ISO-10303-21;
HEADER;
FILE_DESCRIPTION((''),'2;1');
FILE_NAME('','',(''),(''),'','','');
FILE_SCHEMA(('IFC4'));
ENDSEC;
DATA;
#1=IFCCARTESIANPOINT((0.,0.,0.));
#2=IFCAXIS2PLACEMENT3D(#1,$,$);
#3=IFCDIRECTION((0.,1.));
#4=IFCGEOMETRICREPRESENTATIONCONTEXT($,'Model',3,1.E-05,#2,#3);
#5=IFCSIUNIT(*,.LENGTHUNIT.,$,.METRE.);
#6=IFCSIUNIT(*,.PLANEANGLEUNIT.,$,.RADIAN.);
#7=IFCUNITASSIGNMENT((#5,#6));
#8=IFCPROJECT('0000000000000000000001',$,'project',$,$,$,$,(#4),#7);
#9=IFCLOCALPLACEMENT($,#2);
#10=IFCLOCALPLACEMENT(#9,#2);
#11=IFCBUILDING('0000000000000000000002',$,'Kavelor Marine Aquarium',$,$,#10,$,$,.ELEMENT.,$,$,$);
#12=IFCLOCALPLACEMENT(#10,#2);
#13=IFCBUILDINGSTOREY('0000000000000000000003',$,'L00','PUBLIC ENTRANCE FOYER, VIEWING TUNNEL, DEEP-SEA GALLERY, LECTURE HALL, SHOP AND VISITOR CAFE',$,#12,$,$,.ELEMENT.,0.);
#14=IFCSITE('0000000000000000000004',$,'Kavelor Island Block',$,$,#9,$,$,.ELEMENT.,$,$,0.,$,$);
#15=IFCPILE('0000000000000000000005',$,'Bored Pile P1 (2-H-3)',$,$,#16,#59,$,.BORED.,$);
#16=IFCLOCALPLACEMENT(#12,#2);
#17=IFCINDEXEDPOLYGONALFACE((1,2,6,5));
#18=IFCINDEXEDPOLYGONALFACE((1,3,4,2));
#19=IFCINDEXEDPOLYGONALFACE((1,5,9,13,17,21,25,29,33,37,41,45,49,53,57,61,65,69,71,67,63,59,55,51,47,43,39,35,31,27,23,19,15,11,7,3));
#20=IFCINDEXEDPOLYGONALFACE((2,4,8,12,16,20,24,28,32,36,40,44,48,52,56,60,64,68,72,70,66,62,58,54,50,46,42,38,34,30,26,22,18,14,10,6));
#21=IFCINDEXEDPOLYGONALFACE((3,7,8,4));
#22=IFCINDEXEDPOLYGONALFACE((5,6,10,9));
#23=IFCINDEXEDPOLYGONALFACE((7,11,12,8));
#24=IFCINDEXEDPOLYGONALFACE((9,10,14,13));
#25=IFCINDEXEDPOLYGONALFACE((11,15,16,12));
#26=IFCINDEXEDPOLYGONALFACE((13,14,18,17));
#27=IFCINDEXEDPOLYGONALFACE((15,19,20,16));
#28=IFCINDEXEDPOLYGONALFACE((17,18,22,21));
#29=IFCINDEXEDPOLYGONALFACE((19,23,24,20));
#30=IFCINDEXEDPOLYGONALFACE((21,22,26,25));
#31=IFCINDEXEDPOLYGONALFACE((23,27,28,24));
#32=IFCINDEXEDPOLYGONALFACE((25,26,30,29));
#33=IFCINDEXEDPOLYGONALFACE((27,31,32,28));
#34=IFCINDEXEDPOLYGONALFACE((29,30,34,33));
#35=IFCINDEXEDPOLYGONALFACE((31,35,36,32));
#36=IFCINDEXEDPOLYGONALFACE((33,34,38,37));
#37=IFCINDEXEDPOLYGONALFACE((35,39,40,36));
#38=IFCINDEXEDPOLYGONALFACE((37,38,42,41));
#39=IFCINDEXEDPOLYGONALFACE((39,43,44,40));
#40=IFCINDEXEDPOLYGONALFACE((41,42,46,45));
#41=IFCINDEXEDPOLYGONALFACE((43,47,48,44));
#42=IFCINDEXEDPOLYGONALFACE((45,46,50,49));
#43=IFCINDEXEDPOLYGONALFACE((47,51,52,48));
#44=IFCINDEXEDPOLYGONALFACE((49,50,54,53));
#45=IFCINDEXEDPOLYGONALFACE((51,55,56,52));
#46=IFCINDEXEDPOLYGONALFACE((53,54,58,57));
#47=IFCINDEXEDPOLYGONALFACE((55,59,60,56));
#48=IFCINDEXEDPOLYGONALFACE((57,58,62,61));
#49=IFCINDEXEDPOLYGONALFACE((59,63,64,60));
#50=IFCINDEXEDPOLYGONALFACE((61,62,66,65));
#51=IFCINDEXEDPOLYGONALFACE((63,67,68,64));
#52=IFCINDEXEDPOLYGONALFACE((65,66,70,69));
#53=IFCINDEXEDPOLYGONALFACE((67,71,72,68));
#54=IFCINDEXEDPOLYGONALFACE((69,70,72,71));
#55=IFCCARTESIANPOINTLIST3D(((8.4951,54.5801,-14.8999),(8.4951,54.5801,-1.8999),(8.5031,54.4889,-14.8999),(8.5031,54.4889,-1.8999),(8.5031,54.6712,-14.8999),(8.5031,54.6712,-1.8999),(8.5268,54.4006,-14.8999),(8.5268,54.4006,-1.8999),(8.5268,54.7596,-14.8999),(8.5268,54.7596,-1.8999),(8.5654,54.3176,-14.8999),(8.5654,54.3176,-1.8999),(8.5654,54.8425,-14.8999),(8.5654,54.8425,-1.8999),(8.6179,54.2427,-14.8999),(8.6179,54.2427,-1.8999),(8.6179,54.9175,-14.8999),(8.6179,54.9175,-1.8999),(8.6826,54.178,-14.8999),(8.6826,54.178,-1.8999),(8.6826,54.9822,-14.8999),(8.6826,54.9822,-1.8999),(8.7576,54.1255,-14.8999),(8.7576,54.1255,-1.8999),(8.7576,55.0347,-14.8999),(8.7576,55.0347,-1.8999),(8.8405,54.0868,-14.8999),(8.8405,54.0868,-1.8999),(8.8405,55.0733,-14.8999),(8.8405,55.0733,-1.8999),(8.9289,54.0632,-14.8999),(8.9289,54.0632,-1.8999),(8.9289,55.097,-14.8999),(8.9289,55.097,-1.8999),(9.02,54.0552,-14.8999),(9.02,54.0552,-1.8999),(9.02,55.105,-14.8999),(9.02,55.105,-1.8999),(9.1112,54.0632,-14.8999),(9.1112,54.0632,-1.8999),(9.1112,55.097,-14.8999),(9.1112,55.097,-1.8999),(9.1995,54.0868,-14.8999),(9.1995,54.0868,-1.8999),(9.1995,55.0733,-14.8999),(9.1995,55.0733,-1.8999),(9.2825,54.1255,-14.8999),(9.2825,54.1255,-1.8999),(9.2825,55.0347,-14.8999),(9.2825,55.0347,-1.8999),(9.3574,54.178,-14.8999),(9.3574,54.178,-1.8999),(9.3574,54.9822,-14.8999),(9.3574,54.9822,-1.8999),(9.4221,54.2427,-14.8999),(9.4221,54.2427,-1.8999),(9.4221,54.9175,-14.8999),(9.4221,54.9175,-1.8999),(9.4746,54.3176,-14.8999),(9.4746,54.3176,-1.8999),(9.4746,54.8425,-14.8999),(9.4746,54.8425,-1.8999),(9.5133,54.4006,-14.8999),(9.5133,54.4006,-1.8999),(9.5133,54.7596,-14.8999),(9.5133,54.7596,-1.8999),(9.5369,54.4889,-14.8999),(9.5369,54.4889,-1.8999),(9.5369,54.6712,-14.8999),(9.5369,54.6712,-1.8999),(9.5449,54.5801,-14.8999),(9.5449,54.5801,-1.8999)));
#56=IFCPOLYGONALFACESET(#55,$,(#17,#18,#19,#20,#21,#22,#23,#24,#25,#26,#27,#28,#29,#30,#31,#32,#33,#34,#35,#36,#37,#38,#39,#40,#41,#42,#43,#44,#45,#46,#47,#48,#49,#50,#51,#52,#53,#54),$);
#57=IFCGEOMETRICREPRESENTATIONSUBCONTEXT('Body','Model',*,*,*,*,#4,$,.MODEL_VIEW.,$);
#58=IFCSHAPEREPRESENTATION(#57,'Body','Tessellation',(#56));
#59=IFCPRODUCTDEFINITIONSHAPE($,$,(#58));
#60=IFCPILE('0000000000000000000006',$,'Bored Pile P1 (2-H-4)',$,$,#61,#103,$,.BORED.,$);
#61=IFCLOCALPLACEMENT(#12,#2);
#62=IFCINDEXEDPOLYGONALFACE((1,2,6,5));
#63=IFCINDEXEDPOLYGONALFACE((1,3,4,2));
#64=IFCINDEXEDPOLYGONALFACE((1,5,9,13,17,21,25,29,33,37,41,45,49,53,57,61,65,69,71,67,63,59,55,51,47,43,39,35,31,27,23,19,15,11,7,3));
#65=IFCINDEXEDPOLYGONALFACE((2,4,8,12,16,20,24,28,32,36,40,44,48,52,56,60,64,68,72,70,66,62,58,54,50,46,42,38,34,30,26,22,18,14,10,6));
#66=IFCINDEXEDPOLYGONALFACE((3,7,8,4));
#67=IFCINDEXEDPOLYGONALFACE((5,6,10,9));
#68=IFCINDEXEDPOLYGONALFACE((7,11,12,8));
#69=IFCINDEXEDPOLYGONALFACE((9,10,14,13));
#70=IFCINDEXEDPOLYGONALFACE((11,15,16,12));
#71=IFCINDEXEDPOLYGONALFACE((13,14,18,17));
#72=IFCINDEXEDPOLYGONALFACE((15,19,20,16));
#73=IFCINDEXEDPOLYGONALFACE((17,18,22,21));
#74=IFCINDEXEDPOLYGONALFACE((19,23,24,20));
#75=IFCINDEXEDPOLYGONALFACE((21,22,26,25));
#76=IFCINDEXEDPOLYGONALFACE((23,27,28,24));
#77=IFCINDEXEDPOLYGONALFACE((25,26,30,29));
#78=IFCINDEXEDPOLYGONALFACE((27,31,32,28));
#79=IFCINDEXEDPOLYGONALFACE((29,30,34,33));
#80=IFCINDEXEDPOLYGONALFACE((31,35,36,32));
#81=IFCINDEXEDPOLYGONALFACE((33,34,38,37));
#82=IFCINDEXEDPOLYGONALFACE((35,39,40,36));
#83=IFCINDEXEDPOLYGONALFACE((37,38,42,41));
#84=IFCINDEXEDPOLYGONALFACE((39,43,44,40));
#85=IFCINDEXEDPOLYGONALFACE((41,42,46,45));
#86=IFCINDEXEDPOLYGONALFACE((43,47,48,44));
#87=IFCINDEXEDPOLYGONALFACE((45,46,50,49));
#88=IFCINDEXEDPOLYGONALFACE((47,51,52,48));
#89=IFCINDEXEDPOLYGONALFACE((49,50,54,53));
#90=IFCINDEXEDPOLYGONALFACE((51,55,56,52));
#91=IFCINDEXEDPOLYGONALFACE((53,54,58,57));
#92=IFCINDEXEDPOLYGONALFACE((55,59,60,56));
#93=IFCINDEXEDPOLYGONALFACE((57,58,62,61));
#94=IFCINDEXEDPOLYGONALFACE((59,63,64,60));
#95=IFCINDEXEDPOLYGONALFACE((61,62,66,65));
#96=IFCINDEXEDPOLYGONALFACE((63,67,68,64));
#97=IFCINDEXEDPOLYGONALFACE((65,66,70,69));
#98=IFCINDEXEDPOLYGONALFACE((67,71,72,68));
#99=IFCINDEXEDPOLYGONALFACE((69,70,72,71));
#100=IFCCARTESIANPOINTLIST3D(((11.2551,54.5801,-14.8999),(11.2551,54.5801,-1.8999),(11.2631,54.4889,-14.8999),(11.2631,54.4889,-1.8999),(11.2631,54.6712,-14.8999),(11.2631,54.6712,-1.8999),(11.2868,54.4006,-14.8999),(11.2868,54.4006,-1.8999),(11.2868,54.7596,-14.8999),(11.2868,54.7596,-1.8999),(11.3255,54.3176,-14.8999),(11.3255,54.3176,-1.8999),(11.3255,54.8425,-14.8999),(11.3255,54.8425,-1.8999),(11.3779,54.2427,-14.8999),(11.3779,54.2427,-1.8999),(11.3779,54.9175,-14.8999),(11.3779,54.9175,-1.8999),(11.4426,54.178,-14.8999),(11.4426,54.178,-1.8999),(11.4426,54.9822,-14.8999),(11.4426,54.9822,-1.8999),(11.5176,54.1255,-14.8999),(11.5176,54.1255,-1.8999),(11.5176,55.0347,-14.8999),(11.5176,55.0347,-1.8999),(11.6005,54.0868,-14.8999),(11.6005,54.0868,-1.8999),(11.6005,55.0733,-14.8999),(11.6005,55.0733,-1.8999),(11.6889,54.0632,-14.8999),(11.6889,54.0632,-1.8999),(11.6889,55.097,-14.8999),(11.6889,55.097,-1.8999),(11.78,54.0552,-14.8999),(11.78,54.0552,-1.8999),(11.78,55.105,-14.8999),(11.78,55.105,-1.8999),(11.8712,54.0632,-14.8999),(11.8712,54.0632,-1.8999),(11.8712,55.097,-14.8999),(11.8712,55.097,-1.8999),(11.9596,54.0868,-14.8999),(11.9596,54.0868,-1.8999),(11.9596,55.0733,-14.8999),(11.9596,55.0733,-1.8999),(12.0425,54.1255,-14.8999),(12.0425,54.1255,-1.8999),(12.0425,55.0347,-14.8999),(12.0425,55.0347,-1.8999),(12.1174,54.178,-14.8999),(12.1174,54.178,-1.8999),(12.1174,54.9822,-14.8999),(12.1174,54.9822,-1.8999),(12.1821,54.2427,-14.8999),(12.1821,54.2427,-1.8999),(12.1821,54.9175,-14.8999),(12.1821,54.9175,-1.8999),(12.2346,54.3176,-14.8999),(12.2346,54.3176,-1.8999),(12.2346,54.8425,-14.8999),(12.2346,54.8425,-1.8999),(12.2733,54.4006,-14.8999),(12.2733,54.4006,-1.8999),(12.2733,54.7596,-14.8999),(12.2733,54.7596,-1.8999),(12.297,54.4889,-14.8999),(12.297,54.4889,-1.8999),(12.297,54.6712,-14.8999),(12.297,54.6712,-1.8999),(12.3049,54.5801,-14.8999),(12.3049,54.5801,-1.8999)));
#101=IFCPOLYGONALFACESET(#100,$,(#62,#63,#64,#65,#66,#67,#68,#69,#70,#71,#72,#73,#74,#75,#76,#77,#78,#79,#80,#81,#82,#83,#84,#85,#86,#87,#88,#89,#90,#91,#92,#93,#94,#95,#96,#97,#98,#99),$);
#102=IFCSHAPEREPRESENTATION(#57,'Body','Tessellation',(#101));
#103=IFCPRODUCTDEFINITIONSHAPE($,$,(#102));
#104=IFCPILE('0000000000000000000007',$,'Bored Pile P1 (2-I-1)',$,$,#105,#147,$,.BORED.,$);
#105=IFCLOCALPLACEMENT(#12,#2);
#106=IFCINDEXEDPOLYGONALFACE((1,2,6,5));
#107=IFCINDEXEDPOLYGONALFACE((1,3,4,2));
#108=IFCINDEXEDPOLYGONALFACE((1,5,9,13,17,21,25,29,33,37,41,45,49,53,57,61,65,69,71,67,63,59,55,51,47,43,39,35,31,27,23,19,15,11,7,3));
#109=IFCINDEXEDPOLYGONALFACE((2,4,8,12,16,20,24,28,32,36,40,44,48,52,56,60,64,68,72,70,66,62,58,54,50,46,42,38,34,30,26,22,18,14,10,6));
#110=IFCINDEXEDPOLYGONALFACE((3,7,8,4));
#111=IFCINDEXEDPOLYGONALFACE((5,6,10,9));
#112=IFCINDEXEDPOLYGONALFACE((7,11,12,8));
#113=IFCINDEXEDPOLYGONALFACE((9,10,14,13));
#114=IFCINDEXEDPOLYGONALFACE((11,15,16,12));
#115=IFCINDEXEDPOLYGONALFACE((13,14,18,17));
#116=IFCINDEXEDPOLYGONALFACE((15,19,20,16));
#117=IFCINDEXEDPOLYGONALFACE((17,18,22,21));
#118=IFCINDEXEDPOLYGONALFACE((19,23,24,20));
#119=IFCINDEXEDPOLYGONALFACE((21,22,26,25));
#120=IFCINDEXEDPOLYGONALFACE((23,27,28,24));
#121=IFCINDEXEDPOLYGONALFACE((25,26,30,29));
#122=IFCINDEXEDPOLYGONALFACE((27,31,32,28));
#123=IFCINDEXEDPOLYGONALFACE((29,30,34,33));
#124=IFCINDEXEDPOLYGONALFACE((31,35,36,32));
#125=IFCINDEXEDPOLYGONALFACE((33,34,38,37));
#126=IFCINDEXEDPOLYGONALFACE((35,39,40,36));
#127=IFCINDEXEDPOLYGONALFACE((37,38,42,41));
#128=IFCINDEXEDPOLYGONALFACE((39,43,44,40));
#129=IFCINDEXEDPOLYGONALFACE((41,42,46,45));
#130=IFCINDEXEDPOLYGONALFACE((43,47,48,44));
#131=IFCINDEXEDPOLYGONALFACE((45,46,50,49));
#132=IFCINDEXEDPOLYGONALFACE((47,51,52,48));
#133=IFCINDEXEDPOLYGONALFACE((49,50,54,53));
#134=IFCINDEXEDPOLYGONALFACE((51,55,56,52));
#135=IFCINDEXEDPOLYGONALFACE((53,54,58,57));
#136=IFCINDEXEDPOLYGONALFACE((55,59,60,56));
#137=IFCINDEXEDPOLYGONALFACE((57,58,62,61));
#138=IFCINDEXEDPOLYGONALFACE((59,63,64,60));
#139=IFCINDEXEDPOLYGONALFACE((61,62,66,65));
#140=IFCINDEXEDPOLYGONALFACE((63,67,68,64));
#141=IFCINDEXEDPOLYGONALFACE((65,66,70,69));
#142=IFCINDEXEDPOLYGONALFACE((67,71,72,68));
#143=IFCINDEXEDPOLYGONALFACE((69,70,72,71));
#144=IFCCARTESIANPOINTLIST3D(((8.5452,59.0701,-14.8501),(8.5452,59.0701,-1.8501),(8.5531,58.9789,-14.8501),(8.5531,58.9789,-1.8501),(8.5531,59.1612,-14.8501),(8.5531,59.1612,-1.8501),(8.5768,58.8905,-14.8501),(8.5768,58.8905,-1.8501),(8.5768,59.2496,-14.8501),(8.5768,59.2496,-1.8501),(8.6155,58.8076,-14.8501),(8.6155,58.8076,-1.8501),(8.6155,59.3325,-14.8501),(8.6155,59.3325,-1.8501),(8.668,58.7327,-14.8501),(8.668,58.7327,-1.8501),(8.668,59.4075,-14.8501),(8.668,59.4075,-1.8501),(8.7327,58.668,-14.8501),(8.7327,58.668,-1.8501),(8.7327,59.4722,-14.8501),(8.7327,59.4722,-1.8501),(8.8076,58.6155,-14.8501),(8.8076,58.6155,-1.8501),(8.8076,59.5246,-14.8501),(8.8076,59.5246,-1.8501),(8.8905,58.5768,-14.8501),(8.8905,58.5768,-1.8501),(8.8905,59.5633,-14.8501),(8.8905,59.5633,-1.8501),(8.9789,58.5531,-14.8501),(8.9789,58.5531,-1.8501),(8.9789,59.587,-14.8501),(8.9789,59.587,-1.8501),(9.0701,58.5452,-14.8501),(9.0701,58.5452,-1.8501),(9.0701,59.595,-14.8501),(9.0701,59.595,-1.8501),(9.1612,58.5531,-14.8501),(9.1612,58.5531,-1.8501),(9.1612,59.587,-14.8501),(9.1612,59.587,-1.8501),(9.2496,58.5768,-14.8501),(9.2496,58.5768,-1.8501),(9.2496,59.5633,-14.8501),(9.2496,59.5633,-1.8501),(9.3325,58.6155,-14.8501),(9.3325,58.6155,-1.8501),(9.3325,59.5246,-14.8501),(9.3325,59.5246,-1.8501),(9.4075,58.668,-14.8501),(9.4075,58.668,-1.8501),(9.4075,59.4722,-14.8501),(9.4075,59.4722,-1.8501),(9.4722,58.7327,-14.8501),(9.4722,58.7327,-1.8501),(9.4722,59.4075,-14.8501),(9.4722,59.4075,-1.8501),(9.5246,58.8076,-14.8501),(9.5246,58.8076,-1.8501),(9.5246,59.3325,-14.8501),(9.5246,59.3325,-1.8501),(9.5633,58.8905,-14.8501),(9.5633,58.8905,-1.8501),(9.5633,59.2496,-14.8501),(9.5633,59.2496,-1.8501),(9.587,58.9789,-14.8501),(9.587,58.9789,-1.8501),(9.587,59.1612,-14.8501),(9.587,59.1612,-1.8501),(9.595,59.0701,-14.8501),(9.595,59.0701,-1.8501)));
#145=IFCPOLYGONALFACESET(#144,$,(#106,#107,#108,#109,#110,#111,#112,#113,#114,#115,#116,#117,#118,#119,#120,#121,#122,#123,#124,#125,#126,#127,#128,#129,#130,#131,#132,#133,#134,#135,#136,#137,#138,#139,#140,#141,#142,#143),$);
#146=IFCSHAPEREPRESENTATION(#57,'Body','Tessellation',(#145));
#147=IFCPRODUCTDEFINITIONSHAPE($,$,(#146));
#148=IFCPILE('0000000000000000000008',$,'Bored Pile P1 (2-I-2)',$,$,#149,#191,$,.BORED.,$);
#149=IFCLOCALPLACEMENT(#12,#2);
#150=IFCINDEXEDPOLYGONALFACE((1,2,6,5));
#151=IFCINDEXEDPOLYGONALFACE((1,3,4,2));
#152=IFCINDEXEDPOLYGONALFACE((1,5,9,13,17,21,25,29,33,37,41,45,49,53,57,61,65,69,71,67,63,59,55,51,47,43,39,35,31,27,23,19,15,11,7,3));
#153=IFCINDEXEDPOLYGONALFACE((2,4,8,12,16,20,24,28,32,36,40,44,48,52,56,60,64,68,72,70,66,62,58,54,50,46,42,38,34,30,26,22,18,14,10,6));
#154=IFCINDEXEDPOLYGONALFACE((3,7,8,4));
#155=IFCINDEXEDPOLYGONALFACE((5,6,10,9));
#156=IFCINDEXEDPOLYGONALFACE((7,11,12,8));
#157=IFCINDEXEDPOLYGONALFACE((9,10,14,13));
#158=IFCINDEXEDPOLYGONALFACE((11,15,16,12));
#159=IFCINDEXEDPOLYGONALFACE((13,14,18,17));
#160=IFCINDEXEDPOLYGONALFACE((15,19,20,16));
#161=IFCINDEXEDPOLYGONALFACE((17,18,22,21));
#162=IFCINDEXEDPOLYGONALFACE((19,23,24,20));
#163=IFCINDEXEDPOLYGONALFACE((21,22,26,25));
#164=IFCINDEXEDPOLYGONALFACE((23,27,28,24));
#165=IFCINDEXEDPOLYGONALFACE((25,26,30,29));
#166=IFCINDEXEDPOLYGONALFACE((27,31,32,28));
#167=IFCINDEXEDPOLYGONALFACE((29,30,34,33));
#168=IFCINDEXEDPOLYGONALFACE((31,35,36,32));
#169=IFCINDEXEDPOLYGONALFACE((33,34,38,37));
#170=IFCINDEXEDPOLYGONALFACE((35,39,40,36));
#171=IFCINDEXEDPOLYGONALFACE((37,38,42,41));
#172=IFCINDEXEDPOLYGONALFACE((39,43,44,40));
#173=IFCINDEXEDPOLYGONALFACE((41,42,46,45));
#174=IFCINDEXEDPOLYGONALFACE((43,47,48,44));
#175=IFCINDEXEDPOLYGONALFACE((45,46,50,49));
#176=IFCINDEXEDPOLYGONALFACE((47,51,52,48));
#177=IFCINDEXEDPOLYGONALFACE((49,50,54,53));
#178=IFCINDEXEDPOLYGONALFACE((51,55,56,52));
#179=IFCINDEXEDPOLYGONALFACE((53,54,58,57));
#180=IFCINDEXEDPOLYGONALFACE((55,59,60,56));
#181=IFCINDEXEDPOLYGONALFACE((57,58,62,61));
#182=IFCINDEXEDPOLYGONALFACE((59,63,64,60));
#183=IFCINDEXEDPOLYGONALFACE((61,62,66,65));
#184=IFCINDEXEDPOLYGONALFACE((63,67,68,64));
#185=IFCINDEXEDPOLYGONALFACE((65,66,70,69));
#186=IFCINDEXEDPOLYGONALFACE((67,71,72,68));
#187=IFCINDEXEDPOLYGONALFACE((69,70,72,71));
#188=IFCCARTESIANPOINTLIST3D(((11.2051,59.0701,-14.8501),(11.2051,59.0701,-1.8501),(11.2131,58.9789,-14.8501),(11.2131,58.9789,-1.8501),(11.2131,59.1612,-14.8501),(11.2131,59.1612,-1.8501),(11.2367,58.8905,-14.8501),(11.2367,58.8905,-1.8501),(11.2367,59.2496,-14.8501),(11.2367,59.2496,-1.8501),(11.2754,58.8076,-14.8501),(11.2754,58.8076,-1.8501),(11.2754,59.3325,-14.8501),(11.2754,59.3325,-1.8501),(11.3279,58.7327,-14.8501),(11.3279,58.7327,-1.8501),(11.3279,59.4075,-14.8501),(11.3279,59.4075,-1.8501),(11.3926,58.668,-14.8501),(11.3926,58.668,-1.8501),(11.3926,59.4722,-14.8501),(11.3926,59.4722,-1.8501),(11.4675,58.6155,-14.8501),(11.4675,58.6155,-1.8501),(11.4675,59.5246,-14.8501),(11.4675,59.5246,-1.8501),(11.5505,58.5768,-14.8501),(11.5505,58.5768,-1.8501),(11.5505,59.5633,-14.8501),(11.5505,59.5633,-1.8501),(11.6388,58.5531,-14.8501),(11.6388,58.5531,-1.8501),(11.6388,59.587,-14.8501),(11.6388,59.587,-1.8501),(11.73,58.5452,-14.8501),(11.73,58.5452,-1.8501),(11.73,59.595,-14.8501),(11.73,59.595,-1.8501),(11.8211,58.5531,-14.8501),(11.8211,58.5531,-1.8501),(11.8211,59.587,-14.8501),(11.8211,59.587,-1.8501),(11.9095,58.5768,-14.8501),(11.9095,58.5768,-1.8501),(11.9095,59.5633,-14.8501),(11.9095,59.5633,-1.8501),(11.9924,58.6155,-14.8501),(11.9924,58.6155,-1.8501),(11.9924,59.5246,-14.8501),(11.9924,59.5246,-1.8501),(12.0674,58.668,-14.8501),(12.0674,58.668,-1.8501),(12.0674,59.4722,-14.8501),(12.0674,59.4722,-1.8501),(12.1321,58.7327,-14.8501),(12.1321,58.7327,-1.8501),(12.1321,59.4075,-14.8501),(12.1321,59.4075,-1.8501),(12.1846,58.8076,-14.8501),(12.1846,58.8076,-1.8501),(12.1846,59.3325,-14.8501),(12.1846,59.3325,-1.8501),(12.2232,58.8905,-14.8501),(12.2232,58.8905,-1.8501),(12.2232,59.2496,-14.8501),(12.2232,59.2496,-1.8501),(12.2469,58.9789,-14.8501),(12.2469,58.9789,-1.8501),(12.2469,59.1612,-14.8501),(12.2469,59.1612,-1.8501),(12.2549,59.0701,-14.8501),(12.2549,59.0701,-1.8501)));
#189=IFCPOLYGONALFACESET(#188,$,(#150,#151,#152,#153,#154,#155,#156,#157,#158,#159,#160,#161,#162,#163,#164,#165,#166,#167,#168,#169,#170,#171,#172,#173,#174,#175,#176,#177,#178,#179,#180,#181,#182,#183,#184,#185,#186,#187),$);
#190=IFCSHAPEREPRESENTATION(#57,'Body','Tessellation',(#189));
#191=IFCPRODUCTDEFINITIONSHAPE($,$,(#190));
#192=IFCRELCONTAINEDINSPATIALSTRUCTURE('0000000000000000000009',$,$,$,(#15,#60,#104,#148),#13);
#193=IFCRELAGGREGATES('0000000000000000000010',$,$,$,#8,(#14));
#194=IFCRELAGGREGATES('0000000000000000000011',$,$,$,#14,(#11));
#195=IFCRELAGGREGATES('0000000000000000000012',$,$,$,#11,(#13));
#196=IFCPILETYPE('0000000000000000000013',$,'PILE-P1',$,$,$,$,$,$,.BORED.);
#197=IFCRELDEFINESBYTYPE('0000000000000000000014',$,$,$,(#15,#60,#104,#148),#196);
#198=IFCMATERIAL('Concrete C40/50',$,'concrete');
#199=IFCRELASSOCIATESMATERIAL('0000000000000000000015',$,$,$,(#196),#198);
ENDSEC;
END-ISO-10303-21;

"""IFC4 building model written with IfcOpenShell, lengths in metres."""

from ifc_helpers import new_model, si_unit, direction, frame, origin, origin_2d, place, context, subcontext, project, spatial, circle, extrude, material, material_profile, profile_set, type_object, element, save


model = new_model("IFC4")

# Units and contexts
model_context = context("Model", 3, precision=1e-05, world=origin(), true_north=direction((0.0, 1.0)))
body_context = subcontext(model_context, "Body", "Model", "MODEL_VIEW")
ifc_project = project(units=[si_unit("LENGTHUNIT", "METRE"), si_unit("PLANEANGLEUNIT", "RADIAN")], contexts=[model_context])

# Site, building, storey
site_placement = place(None, origin())
site = spatial("IfcSite", under=ifc_project, at=site_placement, Name="Kavelor Island Block", CompositionType="ELEMENT", RefElevation=0.0)
building_placement = place(site_placement, origin())
building = spatial("IfcBuilding", under=site, at=building_placement, Name="Kavelor Marine Aquarium", CompositionType="ELEMENT")
storey_placement = place(building_placement, origin())
storey = spatial("IfcBuildingStorey", under=building, at=storey_placement, Name="L00", Description="PUBLIC ENTRANCE FOYER, VIEWING TUNNEL, DEEP-SEA GALLERY, LECTURE HALL, SHOP AND VISITOR CAFE", CompositionType="ELEMENT", Elevation=0.0)

# Piles
ifc_material_1 = material(Name="Concrete C40/50", Category="concrete")
ifc_material_profile_1 = material_profile(ifc_material_1, circle(Radius=0.5249, at=origin_2d()), Name="PILE D1050")
ifc_profile_set_1 = profile_set([ifc_material_profile_1], Name="Concrete C40/50")
pile_type_1 = type_object("IfcPileType", Name="PILE-P1", PredefinedType="BORED", material=ifc_profile_set_1)
for number, where, z_axis, x_axis, name in (
    (1, (9.02, 54.5801, -1.8999), (0.0, 0.0, -1.0), (1.0, 0.0, 0.0), "Bored Pile P1 (2-H-3)"),
    (2, (11.78, 54.5801, -1.8999), (0.0, 0.0, -1.0), (1.0, 0.0, 0.0), "Bored Pile P1 (2-H-4)"),
    (3, (9.0701, 59.0701, -1.8501), (0.0, 0.0, -1.0), (1.0, 0.0, 0.0), "Bored Pile P1 (2-I-1)"),
    (4, (11.73, 59.0701, -1.8501), (0.0, 0.0, -1.0), (1.0, 0.0, 0.0), "Bored Pile P1 (2-I-2)"),
):
    element("IfcPile", number, at=place(storey_placement, frame(where, z_axis=z_axis, x_axis=x_axis)), inside=storey, type_object=pile_type_1, Name=name, PredefinedType="BORED", context=body_context, shape_type="SweptSolid", body=[
        extrude(circle(Radius=0.5249, at=origin_2d()), origin(), (0.0, 0.0, 1.0), 13.0),
    ])

save(model, "model.ifc")
